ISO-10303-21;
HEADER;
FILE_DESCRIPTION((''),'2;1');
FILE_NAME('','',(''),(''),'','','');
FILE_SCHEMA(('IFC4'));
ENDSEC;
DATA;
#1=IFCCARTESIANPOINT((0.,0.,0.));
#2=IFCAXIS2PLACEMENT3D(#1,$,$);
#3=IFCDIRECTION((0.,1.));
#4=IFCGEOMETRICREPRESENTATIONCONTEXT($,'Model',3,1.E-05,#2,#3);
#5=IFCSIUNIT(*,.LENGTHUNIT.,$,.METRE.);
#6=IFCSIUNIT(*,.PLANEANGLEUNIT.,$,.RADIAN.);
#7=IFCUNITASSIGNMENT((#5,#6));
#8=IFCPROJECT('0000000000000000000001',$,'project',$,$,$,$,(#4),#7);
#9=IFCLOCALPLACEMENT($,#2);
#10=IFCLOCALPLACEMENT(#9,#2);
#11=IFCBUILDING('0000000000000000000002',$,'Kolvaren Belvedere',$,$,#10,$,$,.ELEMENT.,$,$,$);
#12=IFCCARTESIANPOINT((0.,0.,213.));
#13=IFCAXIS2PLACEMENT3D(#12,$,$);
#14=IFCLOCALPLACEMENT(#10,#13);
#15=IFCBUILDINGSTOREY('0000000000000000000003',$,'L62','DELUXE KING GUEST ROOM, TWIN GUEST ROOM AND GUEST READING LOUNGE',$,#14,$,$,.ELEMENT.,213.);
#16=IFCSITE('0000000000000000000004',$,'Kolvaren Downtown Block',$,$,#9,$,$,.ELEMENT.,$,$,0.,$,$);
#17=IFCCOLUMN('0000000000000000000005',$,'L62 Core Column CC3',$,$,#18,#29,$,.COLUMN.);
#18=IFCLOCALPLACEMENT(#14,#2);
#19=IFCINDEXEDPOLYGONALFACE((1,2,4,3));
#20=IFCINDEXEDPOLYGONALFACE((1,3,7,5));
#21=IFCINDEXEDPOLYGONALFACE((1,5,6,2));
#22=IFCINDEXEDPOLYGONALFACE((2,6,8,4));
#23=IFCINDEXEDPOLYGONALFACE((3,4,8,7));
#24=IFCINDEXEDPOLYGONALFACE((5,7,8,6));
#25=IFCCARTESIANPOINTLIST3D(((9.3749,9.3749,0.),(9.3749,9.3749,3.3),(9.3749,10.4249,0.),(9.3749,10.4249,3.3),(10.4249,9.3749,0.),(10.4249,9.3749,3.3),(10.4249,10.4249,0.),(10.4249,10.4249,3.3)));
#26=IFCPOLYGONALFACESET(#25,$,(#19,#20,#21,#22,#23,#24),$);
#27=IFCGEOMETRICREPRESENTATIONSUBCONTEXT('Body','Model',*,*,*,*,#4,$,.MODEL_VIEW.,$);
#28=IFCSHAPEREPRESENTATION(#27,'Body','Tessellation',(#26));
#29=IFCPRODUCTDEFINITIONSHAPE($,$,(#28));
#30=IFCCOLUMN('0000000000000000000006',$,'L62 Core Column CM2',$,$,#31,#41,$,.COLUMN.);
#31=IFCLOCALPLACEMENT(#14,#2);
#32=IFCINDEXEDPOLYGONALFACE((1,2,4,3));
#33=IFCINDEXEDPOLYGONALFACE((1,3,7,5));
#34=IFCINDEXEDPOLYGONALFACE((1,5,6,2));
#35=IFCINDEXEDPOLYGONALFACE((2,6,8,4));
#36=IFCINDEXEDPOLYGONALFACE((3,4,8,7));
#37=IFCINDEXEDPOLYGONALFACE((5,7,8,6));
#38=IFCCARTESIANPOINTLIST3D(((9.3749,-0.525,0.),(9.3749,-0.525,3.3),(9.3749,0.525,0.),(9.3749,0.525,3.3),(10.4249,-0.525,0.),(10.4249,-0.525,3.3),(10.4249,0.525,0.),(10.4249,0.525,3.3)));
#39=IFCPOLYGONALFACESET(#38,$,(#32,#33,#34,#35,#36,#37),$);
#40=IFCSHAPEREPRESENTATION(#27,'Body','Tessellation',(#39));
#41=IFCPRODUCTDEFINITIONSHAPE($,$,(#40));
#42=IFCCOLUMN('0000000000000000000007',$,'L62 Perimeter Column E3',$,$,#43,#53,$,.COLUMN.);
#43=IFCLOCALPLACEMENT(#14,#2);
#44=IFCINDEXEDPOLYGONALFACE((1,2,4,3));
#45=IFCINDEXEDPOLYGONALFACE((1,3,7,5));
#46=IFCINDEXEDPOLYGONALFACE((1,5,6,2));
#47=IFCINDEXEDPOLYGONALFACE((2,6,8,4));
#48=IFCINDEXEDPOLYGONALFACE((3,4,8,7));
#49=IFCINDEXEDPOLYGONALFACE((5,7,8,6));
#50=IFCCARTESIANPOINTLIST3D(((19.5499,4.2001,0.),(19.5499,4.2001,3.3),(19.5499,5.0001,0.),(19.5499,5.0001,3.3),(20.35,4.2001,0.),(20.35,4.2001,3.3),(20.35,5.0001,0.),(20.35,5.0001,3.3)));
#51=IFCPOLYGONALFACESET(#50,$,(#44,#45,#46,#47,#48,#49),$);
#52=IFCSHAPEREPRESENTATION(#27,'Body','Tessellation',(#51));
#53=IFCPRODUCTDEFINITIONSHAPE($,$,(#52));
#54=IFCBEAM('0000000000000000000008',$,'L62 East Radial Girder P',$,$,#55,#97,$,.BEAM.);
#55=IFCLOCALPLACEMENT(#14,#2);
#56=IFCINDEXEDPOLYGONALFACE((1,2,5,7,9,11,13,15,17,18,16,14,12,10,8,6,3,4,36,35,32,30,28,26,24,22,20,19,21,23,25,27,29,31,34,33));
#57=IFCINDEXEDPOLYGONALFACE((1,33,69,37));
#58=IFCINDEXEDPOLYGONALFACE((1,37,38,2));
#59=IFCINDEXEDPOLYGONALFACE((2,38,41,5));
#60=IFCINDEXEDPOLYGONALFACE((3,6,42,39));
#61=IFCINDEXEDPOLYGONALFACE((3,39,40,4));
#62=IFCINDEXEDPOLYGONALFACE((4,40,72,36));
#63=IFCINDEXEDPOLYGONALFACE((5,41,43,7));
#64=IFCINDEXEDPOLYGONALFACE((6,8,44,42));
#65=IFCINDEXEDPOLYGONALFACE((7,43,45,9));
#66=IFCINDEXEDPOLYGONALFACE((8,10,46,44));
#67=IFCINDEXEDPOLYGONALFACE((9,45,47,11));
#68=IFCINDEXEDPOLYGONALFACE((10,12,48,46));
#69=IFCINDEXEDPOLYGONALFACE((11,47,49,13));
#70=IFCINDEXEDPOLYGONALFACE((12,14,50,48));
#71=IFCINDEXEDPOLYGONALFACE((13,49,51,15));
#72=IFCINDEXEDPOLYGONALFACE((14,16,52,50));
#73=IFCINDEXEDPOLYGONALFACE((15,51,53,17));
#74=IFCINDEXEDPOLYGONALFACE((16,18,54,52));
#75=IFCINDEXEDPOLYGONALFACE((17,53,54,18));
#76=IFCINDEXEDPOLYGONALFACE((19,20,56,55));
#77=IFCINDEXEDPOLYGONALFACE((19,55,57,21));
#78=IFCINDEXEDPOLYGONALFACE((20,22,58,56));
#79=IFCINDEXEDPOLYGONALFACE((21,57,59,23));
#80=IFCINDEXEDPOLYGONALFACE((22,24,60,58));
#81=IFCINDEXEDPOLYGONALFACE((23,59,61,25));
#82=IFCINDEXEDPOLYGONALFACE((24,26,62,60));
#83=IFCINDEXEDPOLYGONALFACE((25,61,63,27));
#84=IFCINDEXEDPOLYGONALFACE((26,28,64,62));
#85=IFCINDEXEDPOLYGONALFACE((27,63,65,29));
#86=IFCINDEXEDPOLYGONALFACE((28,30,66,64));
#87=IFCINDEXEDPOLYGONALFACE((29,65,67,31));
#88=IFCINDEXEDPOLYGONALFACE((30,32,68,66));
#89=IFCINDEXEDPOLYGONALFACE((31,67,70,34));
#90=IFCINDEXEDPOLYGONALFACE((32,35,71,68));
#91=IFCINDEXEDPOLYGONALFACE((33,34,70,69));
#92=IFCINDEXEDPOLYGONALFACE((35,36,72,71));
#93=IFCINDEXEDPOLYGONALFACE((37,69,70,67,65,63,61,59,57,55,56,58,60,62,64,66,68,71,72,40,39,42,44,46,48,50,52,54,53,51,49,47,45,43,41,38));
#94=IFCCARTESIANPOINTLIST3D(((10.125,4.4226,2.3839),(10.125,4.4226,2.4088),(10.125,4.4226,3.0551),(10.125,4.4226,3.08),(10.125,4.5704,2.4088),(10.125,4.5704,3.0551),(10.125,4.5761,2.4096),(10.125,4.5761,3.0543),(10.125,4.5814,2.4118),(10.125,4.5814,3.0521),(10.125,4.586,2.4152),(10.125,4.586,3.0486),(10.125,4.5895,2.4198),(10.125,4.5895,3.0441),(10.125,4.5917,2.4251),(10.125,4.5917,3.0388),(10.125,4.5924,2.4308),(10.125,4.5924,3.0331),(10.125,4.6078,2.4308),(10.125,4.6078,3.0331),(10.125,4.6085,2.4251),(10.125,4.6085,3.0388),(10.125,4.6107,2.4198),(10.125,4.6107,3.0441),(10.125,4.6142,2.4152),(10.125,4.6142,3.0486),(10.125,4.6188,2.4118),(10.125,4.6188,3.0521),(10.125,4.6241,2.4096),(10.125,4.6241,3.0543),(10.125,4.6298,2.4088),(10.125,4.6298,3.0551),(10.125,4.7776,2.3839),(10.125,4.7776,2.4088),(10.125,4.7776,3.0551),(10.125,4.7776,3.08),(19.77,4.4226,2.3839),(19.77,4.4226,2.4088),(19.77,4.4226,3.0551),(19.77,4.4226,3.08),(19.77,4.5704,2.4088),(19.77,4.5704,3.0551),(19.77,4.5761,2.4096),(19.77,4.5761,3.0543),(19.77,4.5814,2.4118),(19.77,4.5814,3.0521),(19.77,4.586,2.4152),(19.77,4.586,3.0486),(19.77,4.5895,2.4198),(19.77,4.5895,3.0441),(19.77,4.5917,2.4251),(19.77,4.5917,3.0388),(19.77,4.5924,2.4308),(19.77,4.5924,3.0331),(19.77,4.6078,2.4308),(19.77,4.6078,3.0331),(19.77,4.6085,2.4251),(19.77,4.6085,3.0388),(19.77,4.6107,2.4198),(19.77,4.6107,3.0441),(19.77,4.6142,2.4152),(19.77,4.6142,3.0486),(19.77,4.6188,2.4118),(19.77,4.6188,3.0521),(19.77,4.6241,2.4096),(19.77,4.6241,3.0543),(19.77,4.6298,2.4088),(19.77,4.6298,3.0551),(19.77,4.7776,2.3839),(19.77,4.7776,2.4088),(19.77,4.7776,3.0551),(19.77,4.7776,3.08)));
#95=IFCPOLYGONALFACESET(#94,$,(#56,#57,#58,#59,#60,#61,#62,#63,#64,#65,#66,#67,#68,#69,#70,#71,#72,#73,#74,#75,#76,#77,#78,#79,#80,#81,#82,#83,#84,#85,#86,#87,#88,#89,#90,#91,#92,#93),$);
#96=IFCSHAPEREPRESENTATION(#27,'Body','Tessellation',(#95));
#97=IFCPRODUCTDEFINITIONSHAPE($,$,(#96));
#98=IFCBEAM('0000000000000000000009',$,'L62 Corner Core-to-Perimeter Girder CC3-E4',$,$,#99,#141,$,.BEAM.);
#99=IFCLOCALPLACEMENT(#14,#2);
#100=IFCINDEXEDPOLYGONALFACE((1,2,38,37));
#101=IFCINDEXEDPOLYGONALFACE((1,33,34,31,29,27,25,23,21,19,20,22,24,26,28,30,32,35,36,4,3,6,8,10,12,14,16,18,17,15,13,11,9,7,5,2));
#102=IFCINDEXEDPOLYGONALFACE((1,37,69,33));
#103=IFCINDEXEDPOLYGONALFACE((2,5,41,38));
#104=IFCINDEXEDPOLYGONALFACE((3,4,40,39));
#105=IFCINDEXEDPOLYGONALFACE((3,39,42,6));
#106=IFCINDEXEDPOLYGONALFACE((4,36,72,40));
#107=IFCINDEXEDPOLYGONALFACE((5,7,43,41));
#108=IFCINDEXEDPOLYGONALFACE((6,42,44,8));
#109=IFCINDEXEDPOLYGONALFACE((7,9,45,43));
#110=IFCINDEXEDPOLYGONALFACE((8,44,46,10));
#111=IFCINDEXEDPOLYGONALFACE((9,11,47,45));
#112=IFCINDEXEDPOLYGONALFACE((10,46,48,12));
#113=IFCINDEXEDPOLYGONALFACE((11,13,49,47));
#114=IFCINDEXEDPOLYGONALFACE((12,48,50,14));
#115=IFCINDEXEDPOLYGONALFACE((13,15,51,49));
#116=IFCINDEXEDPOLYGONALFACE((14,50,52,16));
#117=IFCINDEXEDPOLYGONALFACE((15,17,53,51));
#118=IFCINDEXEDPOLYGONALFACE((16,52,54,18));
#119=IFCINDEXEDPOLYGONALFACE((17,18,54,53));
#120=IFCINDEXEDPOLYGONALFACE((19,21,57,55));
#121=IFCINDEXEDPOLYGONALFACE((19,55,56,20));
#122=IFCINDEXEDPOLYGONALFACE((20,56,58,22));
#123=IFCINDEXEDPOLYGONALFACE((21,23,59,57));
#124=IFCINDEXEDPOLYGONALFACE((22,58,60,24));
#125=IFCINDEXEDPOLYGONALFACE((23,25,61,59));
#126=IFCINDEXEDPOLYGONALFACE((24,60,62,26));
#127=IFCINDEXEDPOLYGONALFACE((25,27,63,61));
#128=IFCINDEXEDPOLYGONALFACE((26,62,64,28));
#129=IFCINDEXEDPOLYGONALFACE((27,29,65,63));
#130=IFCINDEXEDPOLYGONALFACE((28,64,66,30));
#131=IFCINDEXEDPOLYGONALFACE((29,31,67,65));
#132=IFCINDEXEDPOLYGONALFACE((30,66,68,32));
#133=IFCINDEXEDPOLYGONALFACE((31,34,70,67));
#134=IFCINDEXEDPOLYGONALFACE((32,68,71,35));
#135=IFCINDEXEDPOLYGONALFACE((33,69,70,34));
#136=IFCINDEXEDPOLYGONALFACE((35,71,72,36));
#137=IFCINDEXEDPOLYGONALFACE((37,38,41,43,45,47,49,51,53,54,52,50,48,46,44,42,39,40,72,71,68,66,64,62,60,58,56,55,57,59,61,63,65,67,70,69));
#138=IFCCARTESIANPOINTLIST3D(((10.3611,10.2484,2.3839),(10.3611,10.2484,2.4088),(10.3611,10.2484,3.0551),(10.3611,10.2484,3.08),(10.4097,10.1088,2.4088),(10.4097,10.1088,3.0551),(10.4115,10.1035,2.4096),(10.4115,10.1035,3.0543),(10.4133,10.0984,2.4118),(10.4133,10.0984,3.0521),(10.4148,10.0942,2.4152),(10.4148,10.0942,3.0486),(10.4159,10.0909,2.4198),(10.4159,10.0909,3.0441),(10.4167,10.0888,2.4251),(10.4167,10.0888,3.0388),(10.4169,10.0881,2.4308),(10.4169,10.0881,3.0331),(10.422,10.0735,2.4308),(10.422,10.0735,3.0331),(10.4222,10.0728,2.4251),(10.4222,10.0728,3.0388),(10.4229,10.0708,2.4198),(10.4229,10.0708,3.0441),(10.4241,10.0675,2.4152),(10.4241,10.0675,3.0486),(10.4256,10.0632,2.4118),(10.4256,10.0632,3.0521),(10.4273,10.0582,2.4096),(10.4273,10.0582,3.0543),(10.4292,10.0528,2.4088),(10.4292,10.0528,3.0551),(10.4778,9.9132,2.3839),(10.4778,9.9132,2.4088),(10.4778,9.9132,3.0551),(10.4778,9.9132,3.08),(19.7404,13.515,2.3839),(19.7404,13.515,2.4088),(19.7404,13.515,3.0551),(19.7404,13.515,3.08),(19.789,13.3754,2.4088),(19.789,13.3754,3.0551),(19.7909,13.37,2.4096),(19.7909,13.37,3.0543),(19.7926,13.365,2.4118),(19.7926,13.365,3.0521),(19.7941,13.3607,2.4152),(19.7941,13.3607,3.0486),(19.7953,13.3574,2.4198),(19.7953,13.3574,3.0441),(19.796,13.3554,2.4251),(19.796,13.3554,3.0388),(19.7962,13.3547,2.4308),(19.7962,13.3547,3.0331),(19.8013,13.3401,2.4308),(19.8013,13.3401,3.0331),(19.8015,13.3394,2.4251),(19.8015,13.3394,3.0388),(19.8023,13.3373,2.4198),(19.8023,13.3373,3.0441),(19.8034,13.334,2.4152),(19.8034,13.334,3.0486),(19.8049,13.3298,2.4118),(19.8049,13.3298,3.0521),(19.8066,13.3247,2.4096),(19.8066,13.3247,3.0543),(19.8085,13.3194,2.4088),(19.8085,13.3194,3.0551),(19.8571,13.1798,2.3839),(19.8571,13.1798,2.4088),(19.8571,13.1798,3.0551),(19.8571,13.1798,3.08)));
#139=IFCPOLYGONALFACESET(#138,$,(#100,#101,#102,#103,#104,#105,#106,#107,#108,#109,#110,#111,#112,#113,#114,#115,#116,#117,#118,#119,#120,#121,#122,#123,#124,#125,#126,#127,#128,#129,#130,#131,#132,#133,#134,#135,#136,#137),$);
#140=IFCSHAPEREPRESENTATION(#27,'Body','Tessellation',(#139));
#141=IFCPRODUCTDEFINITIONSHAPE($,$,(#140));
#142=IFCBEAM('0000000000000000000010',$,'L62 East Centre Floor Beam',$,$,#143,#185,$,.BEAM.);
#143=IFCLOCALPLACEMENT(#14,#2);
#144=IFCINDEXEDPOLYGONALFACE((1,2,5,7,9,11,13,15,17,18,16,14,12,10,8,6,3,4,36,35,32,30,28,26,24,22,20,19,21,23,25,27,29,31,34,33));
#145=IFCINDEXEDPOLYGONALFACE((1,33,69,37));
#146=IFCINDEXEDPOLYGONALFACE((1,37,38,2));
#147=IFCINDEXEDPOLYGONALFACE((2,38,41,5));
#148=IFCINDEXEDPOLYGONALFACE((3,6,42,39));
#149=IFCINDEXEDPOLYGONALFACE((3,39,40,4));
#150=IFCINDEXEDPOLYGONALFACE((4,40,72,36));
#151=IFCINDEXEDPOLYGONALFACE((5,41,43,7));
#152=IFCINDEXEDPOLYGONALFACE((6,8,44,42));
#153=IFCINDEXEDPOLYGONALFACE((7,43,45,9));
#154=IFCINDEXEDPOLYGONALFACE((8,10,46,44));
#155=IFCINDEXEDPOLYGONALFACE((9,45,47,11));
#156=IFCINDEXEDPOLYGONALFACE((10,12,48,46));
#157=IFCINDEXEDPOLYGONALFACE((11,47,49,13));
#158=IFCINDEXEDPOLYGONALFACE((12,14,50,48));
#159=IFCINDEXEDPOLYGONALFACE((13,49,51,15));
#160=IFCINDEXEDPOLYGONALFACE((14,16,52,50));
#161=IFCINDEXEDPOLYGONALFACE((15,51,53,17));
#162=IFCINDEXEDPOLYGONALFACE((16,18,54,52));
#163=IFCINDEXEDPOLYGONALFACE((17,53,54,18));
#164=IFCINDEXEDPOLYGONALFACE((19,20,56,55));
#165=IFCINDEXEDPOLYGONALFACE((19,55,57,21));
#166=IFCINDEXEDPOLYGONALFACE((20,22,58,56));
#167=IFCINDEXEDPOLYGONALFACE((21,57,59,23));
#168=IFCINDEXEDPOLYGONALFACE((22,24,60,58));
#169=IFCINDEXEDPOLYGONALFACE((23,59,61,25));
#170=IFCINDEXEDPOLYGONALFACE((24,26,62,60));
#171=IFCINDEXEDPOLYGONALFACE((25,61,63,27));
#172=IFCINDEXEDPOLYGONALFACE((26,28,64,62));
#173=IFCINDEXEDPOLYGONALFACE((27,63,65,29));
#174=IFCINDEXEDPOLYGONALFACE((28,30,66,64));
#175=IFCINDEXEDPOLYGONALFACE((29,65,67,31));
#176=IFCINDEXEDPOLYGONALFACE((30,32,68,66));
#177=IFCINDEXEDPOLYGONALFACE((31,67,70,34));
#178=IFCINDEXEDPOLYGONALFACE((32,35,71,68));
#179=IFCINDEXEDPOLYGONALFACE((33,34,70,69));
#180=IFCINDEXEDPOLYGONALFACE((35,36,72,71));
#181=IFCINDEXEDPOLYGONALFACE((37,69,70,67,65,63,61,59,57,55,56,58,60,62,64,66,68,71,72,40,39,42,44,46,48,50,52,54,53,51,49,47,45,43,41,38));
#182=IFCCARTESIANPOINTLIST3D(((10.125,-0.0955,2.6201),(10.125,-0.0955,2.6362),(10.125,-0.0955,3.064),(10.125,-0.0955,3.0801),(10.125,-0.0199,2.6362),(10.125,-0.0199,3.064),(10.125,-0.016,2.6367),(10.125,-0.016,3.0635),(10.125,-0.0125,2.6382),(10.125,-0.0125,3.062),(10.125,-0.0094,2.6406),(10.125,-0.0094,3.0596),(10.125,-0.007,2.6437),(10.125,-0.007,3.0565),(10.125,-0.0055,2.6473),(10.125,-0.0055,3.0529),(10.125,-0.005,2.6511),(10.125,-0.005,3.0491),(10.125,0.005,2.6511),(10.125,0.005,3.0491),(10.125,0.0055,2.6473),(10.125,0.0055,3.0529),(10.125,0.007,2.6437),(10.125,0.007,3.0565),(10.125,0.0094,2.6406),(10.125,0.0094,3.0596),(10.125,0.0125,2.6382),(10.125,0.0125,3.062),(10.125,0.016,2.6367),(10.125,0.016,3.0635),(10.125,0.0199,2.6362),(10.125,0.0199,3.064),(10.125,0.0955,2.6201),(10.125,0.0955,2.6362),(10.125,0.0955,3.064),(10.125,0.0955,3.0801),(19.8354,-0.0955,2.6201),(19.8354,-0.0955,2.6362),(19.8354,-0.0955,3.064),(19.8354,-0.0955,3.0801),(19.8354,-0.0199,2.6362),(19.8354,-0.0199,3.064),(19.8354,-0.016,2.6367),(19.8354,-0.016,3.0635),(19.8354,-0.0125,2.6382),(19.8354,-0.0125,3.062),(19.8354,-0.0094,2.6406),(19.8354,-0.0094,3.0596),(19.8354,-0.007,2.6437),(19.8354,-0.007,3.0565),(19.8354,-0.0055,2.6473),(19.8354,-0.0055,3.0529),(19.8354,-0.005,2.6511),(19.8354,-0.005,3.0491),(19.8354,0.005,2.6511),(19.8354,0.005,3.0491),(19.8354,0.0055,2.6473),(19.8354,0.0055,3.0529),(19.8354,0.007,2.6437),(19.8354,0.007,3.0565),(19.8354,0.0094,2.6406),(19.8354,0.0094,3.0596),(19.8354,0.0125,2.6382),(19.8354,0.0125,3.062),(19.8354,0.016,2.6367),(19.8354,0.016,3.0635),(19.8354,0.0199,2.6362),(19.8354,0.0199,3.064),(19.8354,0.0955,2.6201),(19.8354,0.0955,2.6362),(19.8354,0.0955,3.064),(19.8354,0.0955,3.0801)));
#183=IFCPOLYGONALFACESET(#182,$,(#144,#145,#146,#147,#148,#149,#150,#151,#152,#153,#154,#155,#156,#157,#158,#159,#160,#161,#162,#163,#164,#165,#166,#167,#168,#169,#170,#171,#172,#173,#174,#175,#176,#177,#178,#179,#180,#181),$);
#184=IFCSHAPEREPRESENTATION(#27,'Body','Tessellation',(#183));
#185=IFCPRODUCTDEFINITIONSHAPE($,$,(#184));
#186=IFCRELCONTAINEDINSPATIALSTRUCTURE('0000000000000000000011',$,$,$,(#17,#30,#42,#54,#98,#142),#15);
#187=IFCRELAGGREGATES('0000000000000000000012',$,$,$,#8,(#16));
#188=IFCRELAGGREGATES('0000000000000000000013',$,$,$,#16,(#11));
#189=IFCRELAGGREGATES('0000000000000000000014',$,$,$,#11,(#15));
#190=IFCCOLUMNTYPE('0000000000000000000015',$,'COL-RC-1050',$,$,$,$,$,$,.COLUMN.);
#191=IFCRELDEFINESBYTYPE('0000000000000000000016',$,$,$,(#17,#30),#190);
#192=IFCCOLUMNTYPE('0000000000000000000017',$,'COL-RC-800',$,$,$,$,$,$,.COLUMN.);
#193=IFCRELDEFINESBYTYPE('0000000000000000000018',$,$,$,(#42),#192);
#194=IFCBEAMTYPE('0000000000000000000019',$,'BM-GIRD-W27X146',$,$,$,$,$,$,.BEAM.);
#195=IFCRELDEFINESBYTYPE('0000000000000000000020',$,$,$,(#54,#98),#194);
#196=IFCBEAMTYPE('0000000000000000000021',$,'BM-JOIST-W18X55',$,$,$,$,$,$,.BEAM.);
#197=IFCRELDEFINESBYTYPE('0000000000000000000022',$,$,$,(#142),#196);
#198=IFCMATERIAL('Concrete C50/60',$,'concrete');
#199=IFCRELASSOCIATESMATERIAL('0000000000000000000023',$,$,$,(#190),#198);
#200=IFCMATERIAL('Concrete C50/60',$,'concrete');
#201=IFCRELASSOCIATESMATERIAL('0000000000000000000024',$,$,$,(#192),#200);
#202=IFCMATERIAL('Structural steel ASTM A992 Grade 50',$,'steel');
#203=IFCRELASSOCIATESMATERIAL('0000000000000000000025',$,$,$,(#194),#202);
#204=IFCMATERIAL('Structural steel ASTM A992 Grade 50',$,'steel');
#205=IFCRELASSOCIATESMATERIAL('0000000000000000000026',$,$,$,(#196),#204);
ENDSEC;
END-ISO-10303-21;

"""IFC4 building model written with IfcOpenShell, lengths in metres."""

from ifc_helpers import new_model, si_unit, direction, frame, origin, origin_2d, place, context, subcontext, project, spatial, rectangle, i_section, extrude, material, material_profile, profile_set, type_object, element, save


model = new_model("IFC4")

# Units and contexts
model_context = context("Model", 3, precision=1e-05, world=origin(), true_north=direction((0.0, 1.0)))
body_context = subcontext(model_context, "Body", "Model", "MODEL_VIEW")
ifc_project = project(units=[si_unit("LENGTHUNIT", "METRE"), si_unit("PLANEANGLEUNIT", "RADIAN")], contexts=[model_context])

# Site, building, storey
site_placement = place(None, origin())
site = spatial("IfcSite", under=ifc_project, at=site_placement, Name="Kolvaren Downtown Block", CompositionType="ELEMENT", RefElevation=0.0)
building_placement = place(site_placement, origin())
building = spatial("IfcBuilding", under=site, at=building_placement, Name="Kolvaren Belvedere", CompositionType="ELEMENT")
storey_placement = place(building_placement, frame((0.0, 0.0, 213.0)))
storey = spatial("IfcBuildingStorey", under=building, at=storey_placement, Name="L62", Description="DELUXE KING GUEST ROOM, TWIN GUEST ROOM AND GUEST READING LOUNGE", CompositionType="ELEMENT", Elevation=213.0)

# Columns
ifc_material_1 = material(Name="Concrete C50/60", Category="concrete")
ifc_material_profile_1 = material_profile(ifc_material_1, rectangle(XDim=1.05, YDim=1.05, at=origin_2d()), Name="RC 1050X1050")
ifc_profile_set_1 = profile_set([ifc_material_profile_1], Name="Concrete C50/60")
column_type_1 = type_object("IfcColumnType", Name="COL-RC-1050", PredefinedType="COLUMN", material=ifc_profile_set_1)
for number, where, z_axis, x_axis, name in (
    (1, (9.8999, 9.8999, 0.0), (0.0, 0.0, 1.0), (1.0, 0.0, 0.0), "L62 Core Column CC3"),
    (2, (9.8999, 0.0, 0.0), (0.0, 0.0, 1.0), (1.0, 0.0, 0.0), "L62 Core Column CM2"),
):
    element("IfcColumn", number, at=place(storey_placement, frame(where, z_axis=z_axis, x_axis=x_axis)), inside=storey, type_object=column_type_1, Name=name, PredefinedType="COLUMN", context=body_context, shape_type="SweptSolid", body=[
        extrude(rectangle(XDim=1.05, YDim=1.05, at=origin_2d()), origin(), (0.0, 0.0, 1.0), 3.3),
    ])
ifc_material_2 = material(Name="Concrete C50/60", Category="concrete")
ifc_material_profile_2 = material_profile(ifc_material_2, rectangle(XDim=0.8, YDim=0.8, at=origin_2d()), Name="RC 800X800")
ifc_profile_set_2 = profile_set([ifc_material_profile_2], Name="Concrete C50/60")
column_type_2 = type_object("IfcColumnType", Name="COL-RC-800", PredefinedType="COLUMN", material=ifc_profile_set_2)
column_placement = place(storey_placement, frame((19.95, 4.6001, 0.0), z_axis=(0.0, 0.0, 1.0), x_axis=(1.0, 0.0, 0.0)))
element("IfcColumn", 3, at=column_placement, inside=storey, type_object=column_type_2, Name="L62 Perimeter Column E3", PredefinedType="COLUMN", context=body_context, shape_type="SweptSolid", body=[
    extrude(rectangle(XDim=0.8, YDim=0.8, at=origin_2d()), origin(), (0.0, 0.0, 1.0), 3.3),
])

# Beams
ifc_material_3 = material(Name="Structural steel ASTM A992 Grade 50", Category="steel")
ifc_material_profile_3 = material_profile(ifc_material_3, i_section(OverallWidth=0.355, OverallDepth=0.696, WebThickness=0.0154, FlangeThickness=0.0249, FilletRadius=0.022, at=origin_2d()), Name="W27X146")
ifc_profile_set_3 = profile_set([ifc_material_profile_3], Name="Structural steel ASTM A992 Grade 50")
beam_type_1 = type_object("IfcBeamType", Name="BM-GIRD-W27X146", PredefinedType="BEAM", material=ifc_profile_set_3)
beam_1_placement = place(storey_placement, frame((10.125, 4.6001, 2.7319), z_axis=(1.0, 0.0, 0.0), x_axis=(0.0, 1.0, 0.0)))
element("IfcBeam", 4, at=beam_1_placement, inside=storey, type_object=beam_type_1, Name="L62 East Radial Girder P", PredefinedType="BEAM", context=body_context, shape_type="SweptSolid", body=[
    extrude(i_section(OverallWidth=0.355, OverallDepth=0.696, WebThickness=0.0154, FlangeThickness=0.0249, FilletRadius=0.022, at=origin_2d()), origin(), (0.0, 0.0, 1.0), 9.645),
])
beam_2_placement = place(storey_placement, frame((10.4194, 10.0808, 2.7319), z_axis=(0.944365, 0.328898, 0.0), x_axis=(-0.328898, 0.944365, 0.0)))
element("IfcBeam", 5, at=beam_2_placement, inside=storey, type_object=beam_type_1, Name="L62 Corner Core-to-Perimeter Girder CC3-E4", PredefinedType="BEAM", context=body_context, shape_type="SweptSolid", body=[
    extrude(i_section(OverallWidth=0.355, OverallDepth=0.696, WebThickness=0.0154, FlangeThickness=0.0249, FilletRadius=0.022, at=origin_2d()), origin(), (0.0, 0.0, 1.0), 9.9319),
])
ifc_material_4 = material(Name="Structural steel ASTM A992 Grade 50", Category="steel")
ifc_material_profile_4 = material_profile(ifc_material_4, i_section(OverallWidth=0.1909, OverallDepth=0.46, WebThickness=0.01, FlangeThickness=0.0161, FilletRadius=0.0149, at=origin_2d()), Name="W18X55")
ifc_profile_set_4 = profile_set([ifc_material_profile_4], Name="Structural steel ASTM A992 Grade 50")
beam_type_2 = type_object("IfcBeamType", Name="BM-JOIST-W18X55", PredefinedType="BEAM", material=ifc_profile_set_4)
beam_3_placement = place(storey_placement, frame((10.125, 0.0, 2.8501), z_axis=(1.0, 0.0, 0.0), x_axis=(0.0, 1.0, 0.0)))
element("IfcBeam", 6, at=beam_3_placement, inside=storey, type_object=beam_type_2, Name="L62 East Centre Floor Beam", PredefinedType="BEAM", context=body_context, shape_type="SweptSolid", body=[
    extrude(i_section(OverallWidth=0.1909, OverallDepth=0.46, WebThickness=0.01, FlangeThickness=0.0161, FilletRadius=0.0149, at=origin_2d()), origin(), (0.0, 0.0, 1.0), 9.7104),
])

save(model, "model.ifc")
